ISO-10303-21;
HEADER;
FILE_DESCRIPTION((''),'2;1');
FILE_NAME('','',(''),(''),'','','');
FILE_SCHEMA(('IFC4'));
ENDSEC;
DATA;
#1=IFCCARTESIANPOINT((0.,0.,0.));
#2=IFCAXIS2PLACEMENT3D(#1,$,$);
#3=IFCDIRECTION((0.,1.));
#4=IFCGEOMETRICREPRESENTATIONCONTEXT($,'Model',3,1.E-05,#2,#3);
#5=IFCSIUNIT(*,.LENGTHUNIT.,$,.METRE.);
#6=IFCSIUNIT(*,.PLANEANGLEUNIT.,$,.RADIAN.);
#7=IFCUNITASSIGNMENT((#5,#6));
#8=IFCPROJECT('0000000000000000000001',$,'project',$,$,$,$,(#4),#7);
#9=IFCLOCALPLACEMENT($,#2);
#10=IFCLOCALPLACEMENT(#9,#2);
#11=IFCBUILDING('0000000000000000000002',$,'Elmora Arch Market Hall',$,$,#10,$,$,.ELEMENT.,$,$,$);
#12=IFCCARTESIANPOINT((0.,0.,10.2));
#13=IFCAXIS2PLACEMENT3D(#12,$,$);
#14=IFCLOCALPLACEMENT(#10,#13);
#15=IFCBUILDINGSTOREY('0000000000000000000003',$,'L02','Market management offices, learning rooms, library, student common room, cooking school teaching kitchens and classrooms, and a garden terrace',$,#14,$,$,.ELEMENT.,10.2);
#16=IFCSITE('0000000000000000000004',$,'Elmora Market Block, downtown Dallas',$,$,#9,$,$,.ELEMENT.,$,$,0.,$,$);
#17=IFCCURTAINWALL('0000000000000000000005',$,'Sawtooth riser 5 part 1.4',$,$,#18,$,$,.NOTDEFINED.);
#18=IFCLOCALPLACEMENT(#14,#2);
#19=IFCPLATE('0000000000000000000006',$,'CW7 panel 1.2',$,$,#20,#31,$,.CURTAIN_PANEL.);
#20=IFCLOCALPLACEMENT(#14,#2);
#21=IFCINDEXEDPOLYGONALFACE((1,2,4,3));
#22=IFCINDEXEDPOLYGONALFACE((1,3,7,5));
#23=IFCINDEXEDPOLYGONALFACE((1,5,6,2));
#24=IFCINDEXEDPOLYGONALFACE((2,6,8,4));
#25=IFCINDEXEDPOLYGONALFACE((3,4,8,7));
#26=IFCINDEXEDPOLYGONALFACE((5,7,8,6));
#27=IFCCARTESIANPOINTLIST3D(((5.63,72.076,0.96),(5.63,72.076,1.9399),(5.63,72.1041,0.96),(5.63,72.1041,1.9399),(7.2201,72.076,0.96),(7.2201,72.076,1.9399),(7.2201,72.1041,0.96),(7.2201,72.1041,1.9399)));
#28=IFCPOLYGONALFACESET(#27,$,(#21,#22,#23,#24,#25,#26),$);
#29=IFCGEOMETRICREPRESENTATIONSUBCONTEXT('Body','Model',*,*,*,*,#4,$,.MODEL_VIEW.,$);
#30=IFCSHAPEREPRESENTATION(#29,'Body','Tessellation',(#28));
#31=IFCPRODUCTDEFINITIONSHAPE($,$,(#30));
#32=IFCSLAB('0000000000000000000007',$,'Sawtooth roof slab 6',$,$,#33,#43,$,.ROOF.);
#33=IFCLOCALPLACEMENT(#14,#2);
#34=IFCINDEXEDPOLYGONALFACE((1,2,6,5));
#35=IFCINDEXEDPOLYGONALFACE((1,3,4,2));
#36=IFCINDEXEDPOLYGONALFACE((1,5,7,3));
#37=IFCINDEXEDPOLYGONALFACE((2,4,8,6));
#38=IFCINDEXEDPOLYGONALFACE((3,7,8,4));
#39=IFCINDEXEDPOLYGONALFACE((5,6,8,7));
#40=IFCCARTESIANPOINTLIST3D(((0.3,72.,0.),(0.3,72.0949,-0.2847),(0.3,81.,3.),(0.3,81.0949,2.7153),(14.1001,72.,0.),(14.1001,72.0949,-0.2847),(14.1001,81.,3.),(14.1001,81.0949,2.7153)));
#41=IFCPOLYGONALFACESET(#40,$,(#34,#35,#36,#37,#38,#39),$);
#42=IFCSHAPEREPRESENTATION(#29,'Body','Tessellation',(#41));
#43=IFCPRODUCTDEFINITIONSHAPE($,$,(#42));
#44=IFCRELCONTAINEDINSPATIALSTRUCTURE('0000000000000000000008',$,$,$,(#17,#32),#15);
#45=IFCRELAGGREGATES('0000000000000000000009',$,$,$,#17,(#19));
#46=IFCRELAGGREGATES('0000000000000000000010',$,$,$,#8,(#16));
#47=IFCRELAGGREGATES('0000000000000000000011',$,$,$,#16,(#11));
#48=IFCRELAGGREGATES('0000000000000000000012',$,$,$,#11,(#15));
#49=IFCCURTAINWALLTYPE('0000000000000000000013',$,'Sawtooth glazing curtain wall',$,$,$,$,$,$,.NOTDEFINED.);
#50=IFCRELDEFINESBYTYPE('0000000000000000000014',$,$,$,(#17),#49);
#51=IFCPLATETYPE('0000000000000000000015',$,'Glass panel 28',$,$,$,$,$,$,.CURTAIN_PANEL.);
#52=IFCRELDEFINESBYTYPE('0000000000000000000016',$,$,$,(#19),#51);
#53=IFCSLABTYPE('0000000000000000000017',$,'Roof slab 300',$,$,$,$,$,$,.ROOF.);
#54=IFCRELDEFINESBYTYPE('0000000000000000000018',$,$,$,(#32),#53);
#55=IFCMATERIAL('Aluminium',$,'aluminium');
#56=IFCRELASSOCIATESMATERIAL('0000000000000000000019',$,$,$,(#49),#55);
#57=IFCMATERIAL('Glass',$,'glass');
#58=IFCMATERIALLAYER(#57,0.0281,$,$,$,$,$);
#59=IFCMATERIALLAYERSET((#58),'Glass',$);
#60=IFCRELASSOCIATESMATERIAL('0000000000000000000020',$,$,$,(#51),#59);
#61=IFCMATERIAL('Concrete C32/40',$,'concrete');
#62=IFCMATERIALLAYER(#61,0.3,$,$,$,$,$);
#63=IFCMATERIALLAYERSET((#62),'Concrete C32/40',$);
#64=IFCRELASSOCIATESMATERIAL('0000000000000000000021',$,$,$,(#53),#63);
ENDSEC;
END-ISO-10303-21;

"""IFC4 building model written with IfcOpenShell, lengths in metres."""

from ifc_helpers import new_model, si_unit, direction, frame, origin, origin_2d, place, context, subcontext, project, spatial, polyline, rectangle, outline, extrude, material, layer, layer_set, type_object, element, aggregate, save


model = new_model("IFC4")

# Units and contexts
model_context = context("Model", 3, precision=1e-05, world=origin(), true_north=direction((0.0, 1.0)))
body_context = subcontext(model_context, "Body", "Model", "MODEL_VIEW")
ifc_project = project(units=[si_unit("LENGTHUNIT", "METRE"), si_unit("PLANEANGLEUNIT", "RADIAN")], contexts=[model_context])

# Site, building, storey
site_placement = place(None, origin())
site = spatial("IfcSite", under=ifc_project, at=site_placement, Name="Elmora Market Block, downtown Dallas", CompositionType="ELEMENT", RefElevation=0.0)
building_placement = place(site_placement, origin())
building = spatial("IfcBuilding", under=site, at=building_placement, Name="Elmora Arch Market Hall", CompositionType="ELEMENT")
storey_placement = place(building_placement, frame((0.0, 0.0, 10.2)))
storey = spatial("IfcBuildingStorey", under=building, at=storey_placement, Name="L02", Description="Market management offices, learning rooms, library, student common room, cooking school teaching kitchens and classrooms, and a garden terrace", CompositionType="ELEMENT", Elevation=10.2)

# Shared definitions
ifc_material_1 = material(Name="Aluminium", Category="aluminium")
curtain_wall_type = type_object("IfcCurtainWallType", Name="Sawtooth glazing curtain wall", PredefinedType="NOTDEFINED", material=ifc_material_1)

# Curtain wall
curtain_wall_1_placement = place(storey_placement, origin())
curtain_wall_1 = element("IfcCurtainWall", 1, at=curtain_wall_1_placement, inside=storey, type_object=curtain_wall_type, Name="Sawtooth riser 5 part 1.4", PredefinedType="NOTDEFINED")

# Plate
ifc_material_2 = material(Name="Glass", Category="glass")
ifc_layer_1 = layer(ifc_material_2, 0.0281)
ifc_layer_set_1 = layer_set([ifc_layer_1], Name="Glass")
plate_type = type_object("IfcPlateType", Name="Glass panel 28", PredefinedType="CURTAIN_PANEL", material=ifc_layer_set_1)
plate_1_placement = place(storey_placement, frame((6.425, 72.0901, 0.96), z_axis=(0.0, 0.0, 1.0), x_axis=(1.0, 0.0, 0.0)))
plate_1 = element("IfcPlate", 2, at=plate_1_placement, type_object=plate_type, Name="CW7 panel 1.2", PredefinedType="CURTAIN_PANEL", context=body_context, shape_type="SweptSolid", body=[
    extrude(rectangle(XDim=1.5901, YDim=0.0281, at=origin_2d()), origin(), (0.0, 0.0, 1.0), 0.98),
])
aggregate(curtain_wall_1, [plate_1])

# Slab
ifc_material_3 = material(Name="Concrete C32/40", Category="concrete")
ifc_layer_2 = layer(ifc_material_3, 0.3)
ifc_layer_set_2 = layer_set([ifc_layer_2], Name="Concrete C32/40")
slab_type = type_object("IfcSlabType", Name="Roof slab 300", PredefinedType="ROOF", material=ifc_layer_set_2)
slab_placement = place(storey_placement, frame((0.3, 72.0, 0.0), z_axis=(0.0, -0.316228, 0.948683), x_axis=(1.0, 0.0, 0.0)))
element("IfcSlab", 3, at=slab_placement, inside=storey, type_object=slab_type, Name="Sawtooth roof slab 6", PredefinedType="ROOF", context=body_context, shape_type="SweptSolid", body=[
    extrude(outline(polyline([(0.0, 0.0), (13.8, 0.0), (13.8, 9.4868), (0.0, 9.4868), (0.0, 0.0)])), origin(), (0.0, 0.0, -1.0), 0.3),
])

save(model, "model.ifc")
